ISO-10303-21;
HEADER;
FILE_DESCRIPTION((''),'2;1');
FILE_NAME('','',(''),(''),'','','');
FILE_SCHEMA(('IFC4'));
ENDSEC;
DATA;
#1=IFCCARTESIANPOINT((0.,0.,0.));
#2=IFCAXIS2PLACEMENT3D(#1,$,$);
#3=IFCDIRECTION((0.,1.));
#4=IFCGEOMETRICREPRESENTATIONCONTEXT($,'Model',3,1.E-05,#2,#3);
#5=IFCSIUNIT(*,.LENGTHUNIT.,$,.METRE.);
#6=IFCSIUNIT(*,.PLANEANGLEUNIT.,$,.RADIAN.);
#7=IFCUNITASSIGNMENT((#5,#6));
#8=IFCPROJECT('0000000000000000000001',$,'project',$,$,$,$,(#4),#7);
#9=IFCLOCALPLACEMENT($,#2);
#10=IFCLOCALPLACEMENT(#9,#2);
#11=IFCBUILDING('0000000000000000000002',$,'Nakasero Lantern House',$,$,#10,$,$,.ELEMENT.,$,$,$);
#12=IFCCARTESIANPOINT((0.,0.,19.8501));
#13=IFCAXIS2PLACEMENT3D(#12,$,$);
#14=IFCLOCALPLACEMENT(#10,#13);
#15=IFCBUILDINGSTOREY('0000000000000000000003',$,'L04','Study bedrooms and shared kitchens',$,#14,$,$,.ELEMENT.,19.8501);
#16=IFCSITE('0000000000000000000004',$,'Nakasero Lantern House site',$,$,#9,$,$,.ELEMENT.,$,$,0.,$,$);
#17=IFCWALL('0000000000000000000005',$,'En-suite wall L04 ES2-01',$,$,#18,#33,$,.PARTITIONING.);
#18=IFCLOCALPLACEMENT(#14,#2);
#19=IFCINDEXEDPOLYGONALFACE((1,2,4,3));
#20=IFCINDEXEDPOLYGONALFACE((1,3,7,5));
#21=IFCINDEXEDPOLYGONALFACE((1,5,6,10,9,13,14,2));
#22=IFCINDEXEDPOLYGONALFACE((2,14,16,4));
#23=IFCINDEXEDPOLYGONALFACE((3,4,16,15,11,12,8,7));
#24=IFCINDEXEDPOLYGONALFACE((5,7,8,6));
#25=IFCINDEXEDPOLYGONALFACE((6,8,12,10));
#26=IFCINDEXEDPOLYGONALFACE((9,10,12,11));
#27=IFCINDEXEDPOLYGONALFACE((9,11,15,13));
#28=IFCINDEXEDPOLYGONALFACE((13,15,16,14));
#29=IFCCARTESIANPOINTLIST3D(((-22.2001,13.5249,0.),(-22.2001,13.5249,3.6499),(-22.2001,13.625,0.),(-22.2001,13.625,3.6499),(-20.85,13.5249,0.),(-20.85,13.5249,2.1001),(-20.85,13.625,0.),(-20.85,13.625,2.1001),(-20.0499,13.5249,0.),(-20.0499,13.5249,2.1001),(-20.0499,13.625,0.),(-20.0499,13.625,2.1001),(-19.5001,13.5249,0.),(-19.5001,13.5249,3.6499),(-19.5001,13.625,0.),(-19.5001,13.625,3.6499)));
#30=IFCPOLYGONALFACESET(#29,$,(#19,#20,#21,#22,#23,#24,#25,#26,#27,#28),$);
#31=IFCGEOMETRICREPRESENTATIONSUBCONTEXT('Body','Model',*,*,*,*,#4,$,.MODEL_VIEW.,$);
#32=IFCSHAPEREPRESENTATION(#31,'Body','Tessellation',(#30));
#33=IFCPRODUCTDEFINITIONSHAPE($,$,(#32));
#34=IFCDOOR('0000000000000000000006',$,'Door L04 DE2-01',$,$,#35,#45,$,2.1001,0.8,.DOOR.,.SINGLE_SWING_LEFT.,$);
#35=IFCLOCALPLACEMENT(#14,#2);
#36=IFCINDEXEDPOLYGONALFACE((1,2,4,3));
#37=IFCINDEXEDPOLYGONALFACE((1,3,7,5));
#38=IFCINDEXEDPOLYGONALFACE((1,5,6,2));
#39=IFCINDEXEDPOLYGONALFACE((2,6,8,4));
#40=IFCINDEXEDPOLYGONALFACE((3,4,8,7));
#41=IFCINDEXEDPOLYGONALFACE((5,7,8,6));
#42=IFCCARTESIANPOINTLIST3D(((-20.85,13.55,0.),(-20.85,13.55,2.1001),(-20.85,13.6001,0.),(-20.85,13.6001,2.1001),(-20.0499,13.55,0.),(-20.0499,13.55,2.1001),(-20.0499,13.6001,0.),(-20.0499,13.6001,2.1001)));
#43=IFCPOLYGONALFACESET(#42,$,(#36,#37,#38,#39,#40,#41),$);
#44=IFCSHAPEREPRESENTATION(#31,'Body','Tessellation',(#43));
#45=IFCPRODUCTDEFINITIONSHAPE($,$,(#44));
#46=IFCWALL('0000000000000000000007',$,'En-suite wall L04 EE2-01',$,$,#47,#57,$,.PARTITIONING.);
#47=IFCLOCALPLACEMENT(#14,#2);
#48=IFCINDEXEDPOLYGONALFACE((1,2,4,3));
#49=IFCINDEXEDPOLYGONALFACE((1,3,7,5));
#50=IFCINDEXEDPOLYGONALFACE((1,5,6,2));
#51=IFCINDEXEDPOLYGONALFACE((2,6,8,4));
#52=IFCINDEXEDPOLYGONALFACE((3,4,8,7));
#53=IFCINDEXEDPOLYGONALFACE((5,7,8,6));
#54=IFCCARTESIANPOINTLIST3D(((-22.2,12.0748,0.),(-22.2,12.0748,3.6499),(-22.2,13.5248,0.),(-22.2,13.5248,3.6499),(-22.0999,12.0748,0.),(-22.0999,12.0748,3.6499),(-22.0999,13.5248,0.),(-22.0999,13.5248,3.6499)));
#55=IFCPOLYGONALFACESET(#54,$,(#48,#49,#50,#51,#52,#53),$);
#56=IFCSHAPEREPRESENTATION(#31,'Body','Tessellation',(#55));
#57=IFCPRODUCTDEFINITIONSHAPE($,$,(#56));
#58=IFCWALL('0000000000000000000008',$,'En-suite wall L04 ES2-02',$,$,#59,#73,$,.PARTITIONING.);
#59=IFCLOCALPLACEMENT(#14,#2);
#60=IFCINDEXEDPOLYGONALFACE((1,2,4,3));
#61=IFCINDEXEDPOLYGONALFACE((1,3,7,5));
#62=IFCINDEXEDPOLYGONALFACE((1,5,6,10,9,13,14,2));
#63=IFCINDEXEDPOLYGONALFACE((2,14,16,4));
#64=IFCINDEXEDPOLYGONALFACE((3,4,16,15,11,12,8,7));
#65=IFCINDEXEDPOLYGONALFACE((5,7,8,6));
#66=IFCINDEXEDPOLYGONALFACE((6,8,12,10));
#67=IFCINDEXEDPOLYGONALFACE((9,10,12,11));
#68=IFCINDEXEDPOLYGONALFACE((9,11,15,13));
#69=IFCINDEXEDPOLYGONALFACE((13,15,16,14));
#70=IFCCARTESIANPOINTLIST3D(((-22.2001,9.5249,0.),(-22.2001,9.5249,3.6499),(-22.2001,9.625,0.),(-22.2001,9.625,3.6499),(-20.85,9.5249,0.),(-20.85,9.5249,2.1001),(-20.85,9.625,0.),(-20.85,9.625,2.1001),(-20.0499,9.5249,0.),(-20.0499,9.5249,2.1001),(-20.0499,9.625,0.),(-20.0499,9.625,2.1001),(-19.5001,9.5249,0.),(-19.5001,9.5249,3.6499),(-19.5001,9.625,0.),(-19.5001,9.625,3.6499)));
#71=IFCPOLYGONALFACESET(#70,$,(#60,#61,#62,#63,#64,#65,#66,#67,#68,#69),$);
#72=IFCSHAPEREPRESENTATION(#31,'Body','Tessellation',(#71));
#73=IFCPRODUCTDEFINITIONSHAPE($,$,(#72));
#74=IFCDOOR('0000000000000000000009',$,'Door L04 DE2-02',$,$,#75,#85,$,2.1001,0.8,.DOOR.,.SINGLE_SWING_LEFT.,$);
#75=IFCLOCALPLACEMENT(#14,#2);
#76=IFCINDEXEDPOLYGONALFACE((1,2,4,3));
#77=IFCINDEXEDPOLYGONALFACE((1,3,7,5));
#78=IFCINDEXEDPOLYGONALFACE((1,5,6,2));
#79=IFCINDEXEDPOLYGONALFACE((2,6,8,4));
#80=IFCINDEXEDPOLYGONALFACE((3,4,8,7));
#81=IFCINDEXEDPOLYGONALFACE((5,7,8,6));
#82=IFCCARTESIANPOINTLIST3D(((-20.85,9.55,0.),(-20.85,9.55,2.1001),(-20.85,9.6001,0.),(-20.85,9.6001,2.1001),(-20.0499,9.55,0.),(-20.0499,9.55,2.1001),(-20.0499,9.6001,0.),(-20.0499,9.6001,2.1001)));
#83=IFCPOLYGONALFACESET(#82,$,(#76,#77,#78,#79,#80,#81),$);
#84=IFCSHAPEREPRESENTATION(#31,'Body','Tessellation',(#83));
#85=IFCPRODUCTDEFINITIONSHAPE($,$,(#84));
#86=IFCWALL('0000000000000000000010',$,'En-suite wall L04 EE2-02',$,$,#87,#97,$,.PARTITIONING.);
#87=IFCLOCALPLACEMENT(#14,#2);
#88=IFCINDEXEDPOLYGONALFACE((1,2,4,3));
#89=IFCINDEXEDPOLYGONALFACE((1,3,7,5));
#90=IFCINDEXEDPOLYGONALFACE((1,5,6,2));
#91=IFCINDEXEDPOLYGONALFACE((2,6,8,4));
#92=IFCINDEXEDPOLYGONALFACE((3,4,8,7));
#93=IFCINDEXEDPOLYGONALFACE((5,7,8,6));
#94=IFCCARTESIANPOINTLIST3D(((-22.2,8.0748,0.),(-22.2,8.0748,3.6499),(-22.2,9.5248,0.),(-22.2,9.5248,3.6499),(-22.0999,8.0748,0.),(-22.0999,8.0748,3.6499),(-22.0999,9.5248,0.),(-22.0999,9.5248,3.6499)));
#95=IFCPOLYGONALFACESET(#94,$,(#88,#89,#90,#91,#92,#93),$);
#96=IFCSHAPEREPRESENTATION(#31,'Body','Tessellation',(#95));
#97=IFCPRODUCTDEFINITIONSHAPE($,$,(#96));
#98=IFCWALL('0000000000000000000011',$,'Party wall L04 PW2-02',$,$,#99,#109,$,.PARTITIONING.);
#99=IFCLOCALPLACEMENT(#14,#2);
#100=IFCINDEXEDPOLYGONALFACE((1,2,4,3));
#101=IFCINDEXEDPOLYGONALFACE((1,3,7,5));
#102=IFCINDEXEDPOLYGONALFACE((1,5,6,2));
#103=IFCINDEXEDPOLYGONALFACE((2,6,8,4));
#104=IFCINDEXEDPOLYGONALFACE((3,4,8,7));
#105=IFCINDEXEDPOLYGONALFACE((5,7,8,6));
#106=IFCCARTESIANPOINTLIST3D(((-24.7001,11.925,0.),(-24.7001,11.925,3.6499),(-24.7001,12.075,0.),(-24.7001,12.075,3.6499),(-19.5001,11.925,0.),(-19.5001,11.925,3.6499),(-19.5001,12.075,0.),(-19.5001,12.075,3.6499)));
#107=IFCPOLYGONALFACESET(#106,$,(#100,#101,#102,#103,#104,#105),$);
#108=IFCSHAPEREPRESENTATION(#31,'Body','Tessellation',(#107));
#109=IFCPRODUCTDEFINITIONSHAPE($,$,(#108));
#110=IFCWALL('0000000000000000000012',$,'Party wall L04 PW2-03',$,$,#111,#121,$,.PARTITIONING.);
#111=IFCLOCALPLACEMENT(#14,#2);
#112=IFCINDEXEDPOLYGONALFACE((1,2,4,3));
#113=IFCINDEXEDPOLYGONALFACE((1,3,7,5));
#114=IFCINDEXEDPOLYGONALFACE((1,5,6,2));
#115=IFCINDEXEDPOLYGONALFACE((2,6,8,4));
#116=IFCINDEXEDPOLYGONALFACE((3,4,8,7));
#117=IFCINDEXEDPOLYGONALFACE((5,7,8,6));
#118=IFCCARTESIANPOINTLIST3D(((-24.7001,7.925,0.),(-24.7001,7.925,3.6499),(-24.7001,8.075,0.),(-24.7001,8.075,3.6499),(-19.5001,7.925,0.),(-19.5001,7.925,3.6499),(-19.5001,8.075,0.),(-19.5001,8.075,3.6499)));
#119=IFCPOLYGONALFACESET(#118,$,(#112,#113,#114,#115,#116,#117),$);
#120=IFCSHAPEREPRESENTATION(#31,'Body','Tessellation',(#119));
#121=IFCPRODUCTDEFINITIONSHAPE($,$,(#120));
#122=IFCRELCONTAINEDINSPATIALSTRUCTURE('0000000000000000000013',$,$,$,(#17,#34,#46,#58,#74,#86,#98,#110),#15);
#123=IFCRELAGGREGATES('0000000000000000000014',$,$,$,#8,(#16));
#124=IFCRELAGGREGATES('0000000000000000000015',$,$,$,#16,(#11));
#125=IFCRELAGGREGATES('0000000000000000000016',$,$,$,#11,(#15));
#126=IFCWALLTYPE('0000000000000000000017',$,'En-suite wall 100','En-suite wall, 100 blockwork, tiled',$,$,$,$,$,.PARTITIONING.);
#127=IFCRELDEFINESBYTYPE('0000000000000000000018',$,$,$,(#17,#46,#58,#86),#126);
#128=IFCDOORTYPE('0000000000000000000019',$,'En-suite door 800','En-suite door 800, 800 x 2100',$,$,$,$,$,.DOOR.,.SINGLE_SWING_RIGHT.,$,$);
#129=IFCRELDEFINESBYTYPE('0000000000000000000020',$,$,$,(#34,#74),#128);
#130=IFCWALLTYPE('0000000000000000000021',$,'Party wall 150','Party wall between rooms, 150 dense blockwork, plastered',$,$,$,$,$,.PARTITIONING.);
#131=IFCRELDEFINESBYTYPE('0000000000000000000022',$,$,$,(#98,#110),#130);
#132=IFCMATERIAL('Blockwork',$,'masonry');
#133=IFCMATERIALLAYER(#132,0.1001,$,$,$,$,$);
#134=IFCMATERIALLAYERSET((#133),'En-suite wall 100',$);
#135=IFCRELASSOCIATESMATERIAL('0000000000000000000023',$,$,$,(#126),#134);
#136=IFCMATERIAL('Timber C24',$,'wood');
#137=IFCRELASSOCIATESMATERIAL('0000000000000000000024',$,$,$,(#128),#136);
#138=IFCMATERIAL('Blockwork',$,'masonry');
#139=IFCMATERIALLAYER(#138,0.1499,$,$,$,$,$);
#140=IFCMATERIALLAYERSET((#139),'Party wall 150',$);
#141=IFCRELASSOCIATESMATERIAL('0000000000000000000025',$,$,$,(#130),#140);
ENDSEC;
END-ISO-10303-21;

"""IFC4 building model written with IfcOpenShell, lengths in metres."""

from ifc_helpers import new_model, si_unit, direction, frame, frame_2d, origin, place, context, subcontext, project, spatial, rectangle, extrude, material, layer, layer_set, type_object, element, fill, save


model = new_model("IFC4")

# Units and contexts
model_context = context("Model", 3, precision=1e-05, world=origin(), true_north=direction((0.0, 1.0)))
body_context = subcontext(model_context, "Body", "Model", "MODEL_VIEW")
ifc_project = project(units=[si_unit("LENGTHUNIT", "METRE"), si_unit("PLANEANGLEUNIT", "RADIAN")], contexts=[model_context])

# Site, building, storey
site_placement = place(None, origin())
site = spatial("IfcSite", under=ifc_project, at=site_placement, Name="Nakasero Lantern House site", CompositionType="ELEMENT", RefElevation=0.0)
building_placement = place(site_placement, origin())
building = spatial("IfcBuilding", under=site, at=building_placement, Name="Nakasero Lantern House", CompositionType="ELEMENT")
storey_placement = place(building_placement, frame((0.0, 0.0, 19.8501)))
storey = spatial("IfcBuildingStorey", under=building, at=storey_placement, Name="L04", Description="Study bedrooms and shared kitchens", CompositionType="ELEMENT", Elevation=19.8501)

# Wall, opening, door
ifc_material_1 = material(Name="Blockwork", Category="masonry")
ifc_layer_1 = layer(ifc_material_1, 0.1001)
ifc_layer_set_1 = layer_set([ifc_layer_1], Name="En-suite wall 100")
wall_type_1 = type_object("IfcWallType", Name="En-suite wall 100", Description="En-suite wall, 100 blockwork, tiled", PredefinedType="PARTITIONING", material=ifc_layer_set_1)
wall_1_placement = place(storey_placement, frame((-19.5, 13.575, 0.0), z_axis=(0.0, 0.0, 1.0), x_axis=(-1.0, 0.0, 0.0)))
wall_1 = element("IfcWall", 1, at=wall_1_placement, inside=storey, type_object=wall_type_1, Name="En-suite wall L04 ES2-01", PredefinedType="PARTITIONING", context=body_context, shape_type="SweptSolid", body=[
    extrude(rectangle(XDim=2.7, YDim=0.1001, at=frame_2d((1.3501, 0.0))), origin(), (0.0, 0.0, 1.0), 3.6499),
])
opening_1_placement = place(wall_1_placement, frame((0.55, 0.0, 0.0)))
opening_1 = element("IfcOpeningElement", 2, at=opening_1_placement, cuts=wall_1, PredefinedType="OPENING", context=body_context, shape_type="SweptSolid", body=[
    extrude(rectangle(XDim=0.8, YDim=2.1001, at=frame_2d((0.3999, 1.05))), frame((0.0, 0.0701, 0.0), z_axis=(0.0, -1.0, 0.0), x_axis=(1.0, 0.0, 0.0)), (0.0, 0.0, 1.0), 0.1401),
])
ifc_material_2 = material(Name="Timber C24", Category="wood")
door_type_1 = type_object("IfcDoorType", Name="En-suite door 800", Description="En-suite door 800, 800 x 2100", OperationType="SINGLE_SWING_RIGHT", PredefinedType="DOOR", material=ifc_material_2)
door_1_placement = place(opening_1_placement, origin())
door_1 = element("IfcDoor", 3, at=door_1_placement, inside=storey, type_object=door_type_1, Name="Door L04 DE2-01", OperationType="SINGLE_SWING_LEFT", OverallHeight=2.1001, OverallWidth=0.8, PredefinedType="DOOR", context=body_context, shape_type="SweptSolid", body=[
    extrude(rectangle(XDim=0.8, YDim=2.1001, at=frame_2d((0.3999, 1.05))), frame((0.0, 0.0249, 0.0), z_axis=(0.0, -1.0, 0.0), x_axis=(1.0, 0.0, 0.0)), (0.0, 0.0, 1.0), 0.05),
])
fill(opening_1, door_1)

# Wall
wall_2_placement = place(storey_placement, frame((-22.1499, 13.5249, 0.0), z_axis=(0.0, 0.0, 1.0), x_axis=(0.0, -1.0, 0.0)))
element("IfcWall", 4, at=wall_2_placement, inside=storey, type_object=wall_type_1, Name="En-suite wall L04 EE2-01", PredefinedType="PARTITIONING", context=body_context, shape_type="SweptSolid", body=[
    extrude(rectangle(XDim=1.45, YDim=0.1001, at=frame_2d((0.7251, 0.0))), origin(), (0.0, 0.0, 1.0), 3.6499),
])

# Wall, opening, door
wall_3_placement = place(storey_placement, frame((-19.5, 9.575, 0.0), z_axis=(0.0, 0.0, 1.0), x_axis=(-1.0, 0.0, 0.0)))
wall_3 = element("IfcWall", 5, at=wall_3_placement, inside=storey, type_object=wall_type_1, Name="En-suite wall L04 ES2-02", PredefinedType="PARTITIONING", context=body_context, shape_type="SweptSolid", body=[
    extrude(rectangle(XDim=2.7, YDim=0.1001, at=frame_2d((1.3501, 0.0))), origin(), (0.0, 0.0, 1.0), 3.6499),
])
opening_2_placement = place(wall_3_placement, frame((0.55, 0.0, 0.0)))
opening_2 = element("IfcOpeningElement", 6, at=opening_2_placement, cuts=wall_3, PredefinedType="OPENING", context=body_context, shape_type="SweptSolid", body=[
    extrude(rectangle(XDim=0.8, YDim=2.1001, at=frame_2d((0.3999, 1.05))), frame((0.0, 0.0701, 0.0), z_axis=(0.0, -1.0, 0.0), x_axis=(1.0, 0.0, 0.0)), (0.0, 0.0, 1.0), 0.1401),
])
door_2_placement = place(opening_2_placement, origin())
door_2 = element("IfcDoor", 7, at=door_2_placement, inside=storey, type_object=door_type_1, Name="Door L04 DE2-02", OperationType="SINGLE_SWING_LEFT", OverallHeight=2.1001, OverallWidth=0.8, PredefinedType="DOOR", context=body_context, shape_type="SweptSolid", body=[
    extrude(rectangle(XDim=0.8, YDim=2.1001, at=frame_2d((0.3999, 1.05))), frame((0.0, 0.0249, 0.0), z_axis=(0.0, -1.0, 0.0), x_axis=(1.0, 0.0, 0.0)), (0.0, 0.0, 1.0), 0.05),
])
fill(opening_2, door_2)

# Walls
wall_4_placement = place(storey_placement, frame((-22.1499, 9.5249, 0.0), z_axis=(0.0, 0.0, 1.0), x_axis=(0.0, -1.0, 0.0)))
element("IfcWall", 8, at=wall_4_placement, inside=storey, type_object=wall_type_1, Name="En-suite wall L04 EE2-02", PredefinedType="PARTITIONING", context=body_context, shape_type="SweptSolid", body=[
    extrude(rectangle(XDim=1.45, YDim=0.1001, at=frame_2d((0.7251, 0.0))), origin(), (0.0, 0.0, 1.0), 3.6499),
])
ifc_material_3 = material(Name="Blockwork", Category="masonry")
ifc_layer_2 = layer(ifc_material_3, 0.1499)
ifc_layer_set_2 = layer_set([ifc_layer_2], Name="Party wall 150")
wall_type_2 = type_object("IfcWallType", Name="Party wall 150", Description="Party wall between rooms, 150 dense blockwork, plastered", PredefinedType="PARTITIONING", material=ifc_layer_set_2)
for number, where, z_axis, x_axis, name in (
    (9, (-19.5, 12.0, 0.0), (0.0, 0.0, 1.0), (-1.0, 0.0, 0.0), "Party wall L04 PW2-02"),
    (10, (-19.5, 8.0, 0.0), (0.0, 0.0, 1.0), (-1.0, 0.0, 0.0), "Party wall L04 PW2-03"),
):
    element("IfcWall", number, at=place(storey_placement, frame(where, z_axis=z_axis, x_axis=x_axis)), inside=storey, type_object=wall_type_2, Name=name, PredefinedType="PARTITIONING", context=body_context, shape_type="SweptSolid", body=[
        extrude(rectangle(XDim=5.2, YDim=0.1499, at=frame_2d((2.6001, 0.0))), origin(), (0.0, 0.0, 1.0), 3.6499),
    ])

save(model, "model.ifc")
